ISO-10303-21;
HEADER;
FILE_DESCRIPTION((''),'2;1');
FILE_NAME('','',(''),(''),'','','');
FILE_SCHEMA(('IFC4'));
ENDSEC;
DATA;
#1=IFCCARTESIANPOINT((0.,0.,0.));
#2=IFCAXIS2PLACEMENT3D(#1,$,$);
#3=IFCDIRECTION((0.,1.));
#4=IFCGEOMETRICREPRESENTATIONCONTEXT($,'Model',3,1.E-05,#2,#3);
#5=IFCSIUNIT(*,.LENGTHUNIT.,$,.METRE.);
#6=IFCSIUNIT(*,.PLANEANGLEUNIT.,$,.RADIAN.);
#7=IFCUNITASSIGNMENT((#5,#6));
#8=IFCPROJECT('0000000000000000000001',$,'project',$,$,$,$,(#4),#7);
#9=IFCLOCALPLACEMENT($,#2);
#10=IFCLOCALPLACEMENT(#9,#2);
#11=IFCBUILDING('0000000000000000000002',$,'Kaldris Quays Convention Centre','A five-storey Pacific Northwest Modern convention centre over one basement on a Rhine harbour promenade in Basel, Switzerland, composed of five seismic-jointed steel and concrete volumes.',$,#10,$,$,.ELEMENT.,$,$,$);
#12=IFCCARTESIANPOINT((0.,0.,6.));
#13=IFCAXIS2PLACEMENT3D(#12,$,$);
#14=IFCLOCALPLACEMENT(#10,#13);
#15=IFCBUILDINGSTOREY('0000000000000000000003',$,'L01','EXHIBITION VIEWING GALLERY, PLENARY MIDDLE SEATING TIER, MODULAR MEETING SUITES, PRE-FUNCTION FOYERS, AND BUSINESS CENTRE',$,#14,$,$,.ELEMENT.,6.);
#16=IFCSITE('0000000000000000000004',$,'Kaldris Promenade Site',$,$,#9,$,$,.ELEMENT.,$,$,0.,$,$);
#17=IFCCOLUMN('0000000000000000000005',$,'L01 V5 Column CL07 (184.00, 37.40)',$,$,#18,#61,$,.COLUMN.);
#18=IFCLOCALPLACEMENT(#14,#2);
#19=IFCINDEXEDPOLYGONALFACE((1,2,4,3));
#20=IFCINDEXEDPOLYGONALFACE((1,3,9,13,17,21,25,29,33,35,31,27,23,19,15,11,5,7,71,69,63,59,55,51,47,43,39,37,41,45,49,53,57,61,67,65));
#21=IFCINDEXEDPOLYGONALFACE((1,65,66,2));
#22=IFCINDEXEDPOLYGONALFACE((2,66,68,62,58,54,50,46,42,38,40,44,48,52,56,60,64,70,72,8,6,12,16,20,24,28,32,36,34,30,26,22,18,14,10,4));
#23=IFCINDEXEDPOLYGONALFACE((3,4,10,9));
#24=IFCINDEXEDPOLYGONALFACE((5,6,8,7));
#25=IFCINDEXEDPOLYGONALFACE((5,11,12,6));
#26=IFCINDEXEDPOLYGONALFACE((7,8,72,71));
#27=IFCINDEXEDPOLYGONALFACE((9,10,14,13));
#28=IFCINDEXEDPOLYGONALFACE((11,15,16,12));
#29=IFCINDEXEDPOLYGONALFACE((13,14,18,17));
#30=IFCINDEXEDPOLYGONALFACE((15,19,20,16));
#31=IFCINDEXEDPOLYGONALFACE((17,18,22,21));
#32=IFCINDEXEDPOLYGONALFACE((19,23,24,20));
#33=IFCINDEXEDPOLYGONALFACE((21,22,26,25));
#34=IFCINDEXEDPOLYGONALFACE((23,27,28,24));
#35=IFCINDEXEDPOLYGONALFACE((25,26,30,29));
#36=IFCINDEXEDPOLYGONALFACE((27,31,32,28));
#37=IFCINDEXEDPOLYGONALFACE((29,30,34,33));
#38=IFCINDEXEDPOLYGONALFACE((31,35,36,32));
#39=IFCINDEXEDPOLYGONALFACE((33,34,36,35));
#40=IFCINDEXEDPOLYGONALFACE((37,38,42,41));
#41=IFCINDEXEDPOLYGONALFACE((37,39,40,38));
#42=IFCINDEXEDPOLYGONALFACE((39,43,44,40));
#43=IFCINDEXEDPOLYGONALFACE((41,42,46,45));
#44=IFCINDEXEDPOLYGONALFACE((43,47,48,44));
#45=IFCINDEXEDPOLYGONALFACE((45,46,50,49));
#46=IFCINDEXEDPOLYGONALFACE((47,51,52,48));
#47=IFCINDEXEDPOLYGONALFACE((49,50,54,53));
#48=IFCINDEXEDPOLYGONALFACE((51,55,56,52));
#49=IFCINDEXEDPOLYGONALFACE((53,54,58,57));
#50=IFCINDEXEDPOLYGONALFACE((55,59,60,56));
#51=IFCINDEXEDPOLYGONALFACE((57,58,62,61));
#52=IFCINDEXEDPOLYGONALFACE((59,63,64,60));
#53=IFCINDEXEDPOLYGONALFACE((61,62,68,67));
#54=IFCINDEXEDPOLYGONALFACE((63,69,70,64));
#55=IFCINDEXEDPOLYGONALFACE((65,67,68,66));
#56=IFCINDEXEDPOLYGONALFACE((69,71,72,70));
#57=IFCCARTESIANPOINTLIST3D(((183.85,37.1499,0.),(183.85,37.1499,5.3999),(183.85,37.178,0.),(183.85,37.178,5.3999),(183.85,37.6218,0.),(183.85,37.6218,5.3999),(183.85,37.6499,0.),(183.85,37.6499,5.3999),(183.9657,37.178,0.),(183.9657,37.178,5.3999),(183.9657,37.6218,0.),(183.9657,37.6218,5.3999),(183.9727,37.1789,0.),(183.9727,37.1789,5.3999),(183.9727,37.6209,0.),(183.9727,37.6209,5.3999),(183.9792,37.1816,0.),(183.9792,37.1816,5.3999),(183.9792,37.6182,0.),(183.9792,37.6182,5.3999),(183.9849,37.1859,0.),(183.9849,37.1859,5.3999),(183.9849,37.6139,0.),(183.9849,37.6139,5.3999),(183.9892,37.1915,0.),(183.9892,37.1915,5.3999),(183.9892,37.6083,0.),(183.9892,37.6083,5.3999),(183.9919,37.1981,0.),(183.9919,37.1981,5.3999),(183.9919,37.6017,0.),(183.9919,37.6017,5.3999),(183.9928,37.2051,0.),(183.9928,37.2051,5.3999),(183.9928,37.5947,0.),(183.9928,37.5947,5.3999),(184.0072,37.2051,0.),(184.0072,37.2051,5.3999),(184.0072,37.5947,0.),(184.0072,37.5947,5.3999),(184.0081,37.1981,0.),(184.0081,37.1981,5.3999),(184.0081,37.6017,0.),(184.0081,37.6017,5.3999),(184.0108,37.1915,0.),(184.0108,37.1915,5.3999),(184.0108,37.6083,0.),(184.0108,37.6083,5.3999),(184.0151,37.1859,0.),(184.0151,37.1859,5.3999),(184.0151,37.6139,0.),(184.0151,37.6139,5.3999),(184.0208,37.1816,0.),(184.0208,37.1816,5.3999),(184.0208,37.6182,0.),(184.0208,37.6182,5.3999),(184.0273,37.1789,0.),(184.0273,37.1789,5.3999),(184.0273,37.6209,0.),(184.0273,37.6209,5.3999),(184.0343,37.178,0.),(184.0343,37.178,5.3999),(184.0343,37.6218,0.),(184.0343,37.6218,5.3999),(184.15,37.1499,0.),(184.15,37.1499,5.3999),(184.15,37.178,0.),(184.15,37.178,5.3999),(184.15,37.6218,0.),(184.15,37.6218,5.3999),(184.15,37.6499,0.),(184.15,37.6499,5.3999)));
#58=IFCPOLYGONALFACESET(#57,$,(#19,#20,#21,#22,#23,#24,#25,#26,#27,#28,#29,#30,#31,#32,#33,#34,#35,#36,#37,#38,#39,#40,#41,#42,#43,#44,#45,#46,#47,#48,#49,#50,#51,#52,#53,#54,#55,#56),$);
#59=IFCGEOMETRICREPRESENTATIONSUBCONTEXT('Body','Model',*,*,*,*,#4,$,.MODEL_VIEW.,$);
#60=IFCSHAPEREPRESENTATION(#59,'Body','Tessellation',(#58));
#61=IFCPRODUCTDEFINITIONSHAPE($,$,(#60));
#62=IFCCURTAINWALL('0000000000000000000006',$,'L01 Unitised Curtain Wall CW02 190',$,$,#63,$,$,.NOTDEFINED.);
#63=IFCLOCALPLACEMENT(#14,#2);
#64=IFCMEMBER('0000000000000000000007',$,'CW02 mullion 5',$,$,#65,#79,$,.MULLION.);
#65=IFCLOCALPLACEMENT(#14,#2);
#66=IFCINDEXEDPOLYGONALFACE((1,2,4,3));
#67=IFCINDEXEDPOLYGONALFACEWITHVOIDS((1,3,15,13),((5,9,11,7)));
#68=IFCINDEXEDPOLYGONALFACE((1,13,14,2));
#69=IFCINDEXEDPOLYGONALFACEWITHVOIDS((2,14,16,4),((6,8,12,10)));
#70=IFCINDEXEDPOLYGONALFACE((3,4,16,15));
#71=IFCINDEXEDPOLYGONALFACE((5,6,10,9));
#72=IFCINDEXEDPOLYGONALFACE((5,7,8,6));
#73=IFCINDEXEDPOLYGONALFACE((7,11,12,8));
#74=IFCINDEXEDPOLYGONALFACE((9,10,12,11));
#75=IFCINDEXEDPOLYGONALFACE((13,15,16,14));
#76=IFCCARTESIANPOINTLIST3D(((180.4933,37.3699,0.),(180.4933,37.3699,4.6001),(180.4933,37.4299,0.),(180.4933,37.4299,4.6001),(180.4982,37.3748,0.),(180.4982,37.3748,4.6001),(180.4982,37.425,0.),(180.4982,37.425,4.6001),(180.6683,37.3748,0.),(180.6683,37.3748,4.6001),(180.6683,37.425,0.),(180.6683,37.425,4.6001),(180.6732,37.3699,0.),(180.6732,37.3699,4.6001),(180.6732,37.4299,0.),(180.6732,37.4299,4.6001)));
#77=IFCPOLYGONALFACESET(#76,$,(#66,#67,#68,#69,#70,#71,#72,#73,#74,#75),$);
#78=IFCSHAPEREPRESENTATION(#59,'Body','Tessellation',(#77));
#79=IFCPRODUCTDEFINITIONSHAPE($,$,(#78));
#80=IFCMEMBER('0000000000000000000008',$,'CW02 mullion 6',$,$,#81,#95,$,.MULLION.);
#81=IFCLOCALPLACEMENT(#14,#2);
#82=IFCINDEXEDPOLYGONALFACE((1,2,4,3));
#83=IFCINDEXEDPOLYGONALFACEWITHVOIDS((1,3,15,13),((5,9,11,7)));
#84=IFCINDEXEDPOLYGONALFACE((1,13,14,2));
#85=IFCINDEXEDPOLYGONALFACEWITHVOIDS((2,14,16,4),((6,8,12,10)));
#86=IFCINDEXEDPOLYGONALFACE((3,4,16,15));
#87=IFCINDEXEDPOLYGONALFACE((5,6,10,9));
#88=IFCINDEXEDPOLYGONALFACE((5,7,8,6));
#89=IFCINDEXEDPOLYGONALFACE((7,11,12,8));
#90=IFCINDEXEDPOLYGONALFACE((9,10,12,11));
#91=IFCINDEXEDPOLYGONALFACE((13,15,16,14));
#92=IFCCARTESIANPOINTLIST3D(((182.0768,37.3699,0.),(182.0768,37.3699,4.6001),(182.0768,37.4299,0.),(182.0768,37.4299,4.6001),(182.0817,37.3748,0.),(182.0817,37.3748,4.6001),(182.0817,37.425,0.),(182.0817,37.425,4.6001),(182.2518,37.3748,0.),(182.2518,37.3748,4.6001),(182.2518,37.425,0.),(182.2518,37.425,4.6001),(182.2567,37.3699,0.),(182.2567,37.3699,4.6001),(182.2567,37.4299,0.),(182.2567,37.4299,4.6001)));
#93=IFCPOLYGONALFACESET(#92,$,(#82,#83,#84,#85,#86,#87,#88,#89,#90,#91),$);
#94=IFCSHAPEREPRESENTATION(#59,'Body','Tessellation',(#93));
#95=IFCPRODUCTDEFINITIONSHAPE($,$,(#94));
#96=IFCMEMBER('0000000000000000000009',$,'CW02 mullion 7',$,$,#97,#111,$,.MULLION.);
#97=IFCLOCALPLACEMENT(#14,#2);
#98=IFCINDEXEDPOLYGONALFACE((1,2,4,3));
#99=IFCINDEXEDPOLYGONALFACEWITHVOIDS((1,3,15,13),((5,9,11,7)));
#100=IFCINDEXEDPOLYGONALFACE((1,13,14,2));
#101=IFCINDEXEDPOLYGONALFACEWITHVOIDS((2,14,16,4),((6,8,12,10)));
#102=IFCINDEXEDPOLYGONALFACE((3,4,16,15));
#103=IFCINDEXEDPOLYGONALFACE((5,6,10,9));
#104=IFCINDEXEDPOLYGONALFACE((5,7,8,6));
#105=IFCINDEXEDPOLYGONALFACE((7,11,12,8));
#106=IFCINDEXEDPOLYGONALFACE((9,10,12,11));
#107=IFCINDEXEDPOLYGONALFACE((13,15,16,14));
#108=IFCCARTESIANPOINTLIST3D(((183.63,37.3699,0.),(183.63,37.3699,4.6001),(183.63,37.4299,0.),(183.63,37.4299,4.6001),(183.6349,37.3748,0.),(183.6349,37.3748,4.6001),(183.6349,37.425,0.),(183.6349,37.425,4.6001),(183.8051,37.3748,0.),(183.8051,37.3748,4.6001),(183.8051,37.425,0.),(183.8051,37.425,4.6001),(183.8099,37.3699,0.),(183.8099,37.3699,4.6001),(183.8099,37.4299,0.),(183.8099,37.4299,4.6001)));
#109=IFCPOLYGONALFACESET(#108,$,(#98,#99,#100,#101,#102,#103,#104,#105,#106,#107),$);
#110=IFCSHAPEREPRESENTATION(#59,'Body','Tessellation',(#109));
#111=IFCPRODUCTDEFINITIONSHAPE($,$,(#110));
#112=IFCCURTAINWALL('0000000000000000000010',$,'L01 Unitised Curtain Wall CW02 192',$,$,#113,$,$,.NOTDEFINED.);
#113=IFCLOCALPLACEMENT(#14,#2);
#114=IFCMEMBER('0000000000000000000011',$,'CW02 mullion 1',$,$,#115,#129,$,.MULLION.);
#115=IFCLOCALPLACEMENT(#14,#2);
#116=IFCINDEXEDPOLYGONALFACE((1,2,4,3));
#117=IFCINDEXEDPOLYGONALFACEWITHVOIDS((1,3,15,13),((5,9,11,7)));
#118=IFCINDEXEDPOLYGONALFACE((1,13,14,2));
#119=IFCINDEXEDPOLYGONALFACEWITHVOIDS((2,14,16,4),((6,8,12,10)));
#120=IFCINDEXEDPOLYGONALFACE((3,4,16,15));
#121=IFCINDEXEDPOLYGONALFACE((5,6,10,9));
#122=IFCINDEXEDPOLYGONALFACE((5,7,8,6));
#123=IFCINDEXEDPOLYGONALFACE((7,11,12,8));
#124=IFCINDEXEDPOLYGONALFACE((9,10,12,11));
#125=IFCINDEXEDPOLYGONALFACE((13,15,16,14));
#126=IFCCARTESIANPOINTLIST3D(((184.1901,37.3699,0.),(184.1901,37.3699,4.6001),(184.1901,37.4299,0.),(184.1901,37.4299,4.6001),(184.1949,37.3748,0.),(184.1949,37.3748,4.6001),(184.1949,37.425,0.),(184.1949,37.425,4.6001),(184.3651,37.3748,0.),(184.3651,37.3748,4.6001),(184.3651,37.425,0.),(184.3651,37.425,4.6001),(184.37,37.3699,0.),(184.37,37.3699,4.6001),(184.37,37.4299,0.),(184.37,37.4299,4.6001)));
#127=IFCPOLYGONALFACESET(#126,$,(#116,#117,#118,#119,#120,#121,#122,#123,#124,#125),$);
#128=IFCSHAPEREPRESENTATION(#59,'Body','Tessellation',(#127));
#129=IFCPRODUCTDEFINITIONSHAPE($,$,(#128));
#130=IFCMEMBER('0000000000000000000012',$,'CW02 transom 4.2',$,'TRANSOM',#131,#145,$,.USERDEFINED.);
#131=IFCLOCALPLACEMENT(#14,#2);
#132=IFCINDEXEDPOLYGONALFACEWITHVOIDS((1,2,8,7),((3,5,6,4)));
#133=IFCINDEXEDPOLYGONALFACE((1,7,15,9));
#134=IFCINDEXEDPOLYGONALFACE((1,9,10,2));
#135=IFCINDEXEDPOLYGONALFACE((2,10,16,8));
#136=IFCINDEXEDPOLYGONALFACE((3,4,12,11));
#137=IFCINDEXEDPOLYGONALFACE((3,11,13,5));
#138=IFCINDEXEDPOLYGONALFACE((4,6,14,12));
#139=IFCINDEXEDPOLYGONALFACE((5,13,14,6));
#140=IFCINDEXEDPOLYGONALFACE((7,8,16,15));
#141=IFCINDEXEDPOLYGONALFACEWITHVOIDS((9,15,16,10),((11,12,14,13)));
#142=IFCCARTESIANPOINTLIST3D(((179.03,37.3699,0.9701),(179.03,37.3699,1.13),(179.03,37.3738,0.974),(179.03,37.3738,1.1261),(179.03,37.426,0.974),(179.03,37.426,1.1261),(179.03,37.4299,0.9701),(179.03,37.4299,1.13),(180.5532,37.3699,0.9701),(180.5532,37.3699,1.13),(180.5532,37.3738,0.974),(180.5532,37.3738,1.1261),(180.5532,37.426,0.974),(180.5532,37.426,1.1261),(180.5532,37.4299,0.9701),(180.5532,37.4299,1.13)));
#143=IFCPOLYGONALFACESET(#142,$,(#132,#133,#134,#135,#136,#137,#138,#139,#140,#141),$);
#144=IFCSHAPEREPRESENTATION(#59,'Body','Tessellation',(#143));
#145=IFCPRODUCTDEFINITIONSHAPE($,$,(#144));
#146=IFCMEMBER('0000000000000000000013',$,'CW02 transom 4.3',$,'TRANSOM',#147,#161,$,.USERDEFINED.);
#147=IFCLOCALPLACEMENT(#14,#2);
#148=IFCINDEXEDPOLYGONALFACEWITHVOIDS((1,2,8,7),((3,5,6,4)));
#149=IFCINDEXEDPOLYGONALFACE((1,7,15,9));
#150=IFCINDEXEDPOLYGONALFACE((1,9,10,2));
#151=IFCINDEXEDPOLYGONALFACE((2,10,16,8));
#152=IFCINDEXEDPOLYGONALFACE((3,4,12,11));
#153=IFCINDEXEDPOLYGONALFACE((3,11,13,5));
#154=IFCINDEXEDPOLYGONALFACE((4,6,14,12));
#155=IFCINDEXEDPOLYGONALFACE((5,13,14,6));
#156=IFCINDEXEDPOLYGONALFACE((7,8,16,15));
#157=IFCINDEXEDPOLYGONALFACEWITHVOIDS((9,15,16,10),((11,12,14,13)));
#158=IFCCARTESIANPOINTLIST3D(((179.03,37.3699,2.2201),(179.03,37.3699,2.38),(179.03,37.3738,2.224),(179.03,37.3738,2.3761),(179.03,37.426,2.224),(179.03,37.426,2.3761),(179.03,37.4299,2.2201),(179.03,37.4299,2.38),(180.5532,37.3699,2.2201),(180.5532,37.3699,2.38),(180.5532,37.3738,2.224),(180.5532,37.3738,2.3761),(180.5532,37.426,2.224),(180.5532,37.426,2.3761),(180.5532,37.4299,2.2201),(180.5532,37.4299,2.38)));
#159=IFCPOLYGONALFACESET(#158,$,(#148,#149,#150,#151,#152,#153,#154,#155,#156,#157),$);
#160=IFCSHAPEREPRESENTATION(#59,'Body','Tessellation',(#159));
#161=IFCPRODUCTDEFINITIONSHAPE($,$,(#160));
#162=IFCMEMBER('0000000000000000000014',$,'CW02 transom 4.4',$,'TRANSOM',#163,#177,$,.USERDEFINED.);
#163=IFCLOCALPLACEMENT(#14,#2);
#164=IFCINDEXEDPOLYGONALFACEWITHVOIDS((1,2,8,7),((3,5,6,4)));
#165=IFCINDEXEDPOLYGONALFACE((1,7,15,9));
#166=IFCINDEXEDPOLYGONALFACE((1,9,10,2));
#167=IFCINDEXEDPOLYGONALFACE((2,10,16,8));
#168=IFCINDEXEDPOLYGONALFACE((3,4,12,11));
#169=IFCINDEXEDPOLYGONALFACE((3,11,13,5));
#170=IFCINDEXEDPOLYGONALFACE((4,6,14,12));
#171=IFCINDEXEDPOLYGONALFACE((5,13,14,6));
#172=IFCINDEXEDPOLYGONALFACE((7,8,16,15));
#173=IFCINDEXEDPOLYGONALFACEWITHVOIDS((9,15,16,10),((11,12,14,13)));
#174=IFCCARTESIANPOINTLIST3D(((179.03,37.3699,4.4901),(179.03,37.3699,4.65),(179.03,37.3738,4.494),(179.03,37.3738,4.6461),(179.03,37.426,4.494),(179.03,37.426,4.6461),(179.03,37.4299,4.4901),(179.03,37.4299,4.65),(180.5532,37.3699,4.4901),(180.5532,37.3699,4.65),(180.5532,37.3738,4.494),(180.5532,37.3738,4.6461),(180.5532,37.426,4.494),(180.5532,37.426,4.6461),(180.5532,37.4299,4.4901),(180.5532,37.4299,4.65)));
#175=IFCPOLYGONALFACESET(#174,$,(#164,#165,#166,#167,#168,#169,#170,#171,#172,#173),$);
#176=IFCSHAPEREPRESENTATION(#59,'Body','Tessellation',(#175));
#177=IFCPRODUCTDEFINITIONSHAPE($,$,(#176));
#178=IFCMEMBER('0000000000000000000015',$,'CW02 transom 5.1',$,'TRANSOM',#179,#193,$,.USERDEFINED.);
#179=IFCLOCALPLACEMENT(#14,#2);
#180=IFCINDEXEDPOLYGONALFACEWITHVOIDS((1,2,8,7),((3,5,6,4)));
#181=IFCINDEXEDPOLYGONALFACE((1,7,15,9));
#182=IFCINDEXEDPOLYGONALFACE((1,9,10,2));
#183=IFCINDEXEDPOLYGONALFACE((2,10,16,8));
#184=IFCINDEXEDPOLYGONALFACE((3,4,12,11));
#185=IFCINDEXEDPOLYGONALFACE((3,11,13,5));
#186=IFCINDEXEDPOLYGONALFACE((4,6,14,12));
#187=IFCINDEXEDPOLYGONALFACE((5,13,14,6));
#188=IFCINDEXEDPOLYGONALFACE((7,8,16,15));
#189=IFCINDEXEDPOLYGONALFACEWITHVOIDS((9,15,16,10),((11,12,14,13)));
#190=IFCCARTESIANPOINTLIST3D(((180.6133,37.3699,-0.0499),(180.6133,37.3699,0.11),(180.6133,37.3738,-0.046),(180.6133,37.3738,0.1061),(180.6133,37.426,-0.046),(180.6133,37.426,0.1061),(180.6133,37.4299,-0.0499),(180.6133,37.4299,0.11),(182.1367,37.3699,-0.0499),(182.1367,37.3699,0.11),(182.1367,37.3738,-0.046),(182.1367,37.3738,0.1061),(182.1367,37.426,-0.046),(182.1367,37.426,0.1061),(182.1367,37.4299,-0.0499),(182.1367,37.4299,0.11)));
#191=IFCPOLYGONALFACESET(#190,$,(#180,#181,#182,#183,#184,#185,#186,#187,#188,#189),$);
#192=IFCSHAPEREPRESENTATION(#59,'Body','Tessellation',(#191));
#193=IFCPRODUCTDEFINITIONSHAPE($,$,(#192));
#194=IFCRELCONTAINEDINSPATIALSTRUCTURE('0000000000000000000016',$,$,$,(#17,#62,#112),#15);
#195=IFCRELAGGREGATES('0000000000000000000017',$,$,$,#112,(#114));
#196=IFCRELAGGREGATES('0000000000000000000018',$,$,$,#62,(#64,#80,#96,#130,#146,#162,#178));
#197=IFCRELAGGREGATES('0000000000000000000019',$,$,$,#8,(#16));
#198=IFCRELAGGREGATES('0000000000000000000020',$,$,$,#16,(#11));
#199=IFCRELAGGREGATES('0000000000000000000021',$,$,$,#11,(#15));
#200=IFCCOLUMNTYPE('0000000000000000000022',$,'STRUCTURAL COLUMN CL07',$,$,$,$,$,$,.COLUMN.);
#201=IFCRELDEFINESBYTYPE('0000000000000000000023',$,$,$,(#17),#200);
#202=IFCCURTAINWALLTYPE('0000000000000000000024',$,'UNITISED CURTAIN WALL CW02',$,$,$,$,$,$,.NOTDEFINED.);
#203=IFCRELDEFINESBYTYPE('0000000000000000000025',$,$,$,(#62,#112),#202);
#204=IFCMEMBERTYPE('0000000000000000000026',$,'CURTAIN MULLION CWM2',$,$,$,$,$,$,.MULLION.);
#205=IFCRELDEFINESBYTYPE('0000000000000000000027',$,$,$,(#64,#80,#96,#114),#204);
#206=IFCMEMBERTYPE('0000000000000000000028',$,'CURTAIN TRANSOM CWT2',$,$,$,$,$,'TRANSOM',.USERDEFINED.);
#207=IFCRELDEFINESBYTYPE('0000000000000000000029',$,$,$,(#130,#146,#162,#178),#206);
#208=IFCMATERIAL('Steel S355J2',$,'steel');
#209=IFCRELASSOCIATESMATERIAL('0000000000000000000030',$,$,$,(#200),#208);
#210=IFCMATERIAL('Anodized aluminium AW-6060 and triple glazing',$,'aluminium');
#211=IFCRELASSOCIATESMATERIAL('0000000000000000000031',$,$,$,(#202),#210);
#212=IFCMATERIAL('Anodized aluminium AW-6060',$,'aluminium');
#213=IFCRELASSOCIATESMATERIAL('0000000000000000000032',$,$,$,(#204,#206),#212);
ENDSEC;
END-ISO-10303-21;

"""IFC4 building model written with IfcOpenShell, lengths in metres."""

from ifc_helpers import new_model, si_unit, direction, frame, origin, origin_2d, place, context, subcontext, project, spatial, hollow_rectangle, i_section, extrude, material, material_profile, profile_set, type_object, element, aggregate, save


model = new_model("IFC4")

# Units and contexts
model_context = context("Model", 3, precision=1e-05, world=origin(), true_north=direction((0.0, 1.0)))
body_context = subcontext(model_context, "Body", "Model", "MODEL_VIEW")
ifc_project = project(units=[si_unit("LENGTHUNIT", "METRE"), si_unit("PLANEANGLEUNIT", "RADIAN")], contexts=[model_context])

# Site, building, storey
site_placement = place(None, origin())
site = spatial("IfcSite", under=ifc_project, at=site_placement, Name="Kaldris Promenade Site", CompositionType="ELEMENT", RefElevation=0.0)
building_placement = place(site_placement, origin())
building = spatial("IfcBuilding", under=site, at=building_placement, Name="Kaldris Quays Convention Centre", Description="A five-storey Pacific Northwest Modern convention centre over one basement on a Rhine harbour promenade in Basel, Switzerland, composed of five seismic-jointed steel and concrete volumes.", CompositionType="ELEMENT")
storey_placement = place(building_placement, frame((0.0, 0.0, 6.0)))
storey = spatial("IfcBuildingStorey", under=building, at=storey_placement, Name="L01", Description="EXHIBITION VIEWING GALLERY, PLENARY MIDDLE SEATING TIER, MODULAR MEETING SUITES, PRE-FUNCTION FOYERS, AND BUSINESS CENTRE", CompositionType="ELEMENT", Elevation=6.0)

# Column
ifc_material_1 = material(Name="Steel S355J2", Category="steel")
ifc_material_profile_1 = material_profile(ifc_material_1, i_section(OverallWidth=0.3, OverallDepth=0.5, WebThickness=0.0144, FlangeThickness=0.0281, FilletRadius=0.0271, at=origin_2d()), Name="HEB 500")
ifc_profile_set_1 = profile_set([ifc_material_profile_1], Name="Steel S355J2")
column_type = type_object("IfcColumnType", Name="STRUCTURAL COLUMN CL07", PredefinedType="COLUMN", material=ifc_profile_set_1)
column_placement = place(storey_placement, frame((184.0, 37.3999, 0.0), z_axis=(0.0, 0.0, 1.0), x_axis=(1.0, 0.0, 0.0)))
element("IfcColumn", 1, at=column_placement, inside=storey, type_object=column_type, Name="L01 V5 Column CL07 (184.00, 37.40)", PredefinedType="COLUMN", context=body_context, shape_type="SweptSolid", body=[
    extrude(i_section(OverallWidth=0.3, OverallDepth=0.5, WebThickness=0.0144, FlangeThickness=0.0281, FilletRadius=0.0271, at=origin_2d()), origin(), (0.0, 0.0, 1.0), 5.3999),
])

# Curtain wall, members
ifc_material_2 = material(Name="Anodized aluminium AW-6060 and triple glazing", Category="aluminium")
curtain_wall_type = type_object("IfcCurtainWallType", Name="UNITISED CURTAIN WALL CW02", PredefinedType="NOTDEFINED", material=ifc_material_2)
curtain_wall_1_placement = place(storey_placement, origin())
curtain_wall_1 = element("IfcCurtainWall", 2, at=curtain_wall_1_placement, inside=storey, type_object=curtain_wall_type, Name="L01 Unitised Curtain Wall CW02 190", PredefinedType="NOTDEFINED")
ifc_material_3 = material(Name="Anodized aluminium AW-6060", Category="aluminium")
ifc_material_profile_2 = material_profile(ifc_material_3, hollow_rectangle(XDim=0.0601, YDim=0.1799, WallThickness=0.0049, at=origin_2d()), Name="RHS 180x60x5")
ifc_profile_set_2 = profile_set([ifc_material_profile_2], Name="Anodized aluminium AW-6060")
member_type_1 = type_object("IfcMemberType", Name="CURTAIN MULLION CWM2", PredefinedType="MULLION", material=ifc_profile_set_2)
member_1_placement = place(storey_placement, frame((180.5833, 37.3999, 0.0), z_axis=(0.0, 0.0, 1.0), x_axis=(0.0, 1.0, 0.0)))
member_1 = element("IfcMember", 3, at=member_1_placement, type_object=member_type_1, Name="CW02 mullion 5", PredefinedType="MULLION", context=body_context, shape_type="SweptSolid", body=[
    extrude(hollow_rectangle(XDim=0.0601, YDim=0.1799, WallThickness=0.0049, at=origin_2d()), origin(), (0.0, 0.0, 1.0), 4.6001),
])
member_2_placement = place(storey_placement, frame((182.1667, 37.3999, 0.0), z_axis=(0.0, 0.0, 1.0), x_axis=(0.0, 1.0, 0.0)))
member_2 = element("IfcMember", 4, at=member_2_placement, type_object=member_type_1, Name="CW02 mullion 6", PredefinedType="MULLION", context=body_context, shape_type="SweptSolid", body=[
    extrude(hollow_rectangle(XDim=0.0601, YDim=0.1799, WallThickness=0.0049, at=origin_2d()), origin(), (0.0, 0.0, 1.0), 4.6001),
])
member_3_placement = place(storey_placement, frame((183.72, 37.3999, 0.0), z_axis=(0.0, 0.0, 1.0), x_axis=(0.0, 1.0, 0.0)))
member_3 = element("IfcMember", 5, at=member_3_placement, type_object=member_type_1, Name="CW02 mullion 7", PredefinedType="MULLION", context=body_context, shape_type="SweptSolid", body=[
    extrude(hollow_rectangle(XDim=0.0601, YDim=0.1799, WallThickness=0.0049, at=origin_2d()), origin(), (0.0, 0.0, 1.0), 4.6001),
])

# Curtain wall, member
curtain_wall_2_placement = place(storey_placement, origin())
curtain_wall_2 = element("IfcCurtainWall", 6, at=curtain_wall_2_placement, inside=storey, type_object=curtain_wall_type, Name="L01 Unitised Curtain Wall CW02 192", PredefinedType="NOTDEFINED")
member_4_placement = place(storey_placement, frame((184.28, 37.3999, 0.0), z_axis=(0.0, 0.0, 1.0), x_axis=(0.0, 1.0, 0.0)))
member_4 = element("IfcMember", 7, at=member_4_placement, type_object=member_type_1, Name="CW02 mullion 1", PredefinedType="MULLION", context=body_context, shape_type="SweptSolid", body=[
    extrude(hollow_rectangle(XDim=0.0601, YDim=0.1799, WallThickness=0.0049, at=origin_2d()), origin(), (0.0, 0.0, 1.0), 4.6001),
])
aggregate(curtain_wall_2, [member_4])

# Members
ifc_material_profile_3 = material_profile(ifc_material_3, hollow_rectangle(XDim=0.0601, YDim=0.1599, WallThickness=0.0039, at=origin_2d()), Name="RHS 160x60x4")
ifc_profile_set_3 = profile_set([ifc_material_profile_3], Name="Anodized aluminium AW-6060")
member_type_2 = type_object("IfcMemberType", Name="CURTAIN TRANSOM CWT2", ElementType="TRANSOM", PredefinedType="USERDEFINED", material=ifc_profile_set_3)
member_5_placement = place(storey_placement, frame((179.03, 37.3999, 1.05), z_axis=(1.0, 0.0, 0.0), x_axis=(0.0, 1.0, 0.0)))
member_5 = element("IfcMember", 8, at=member_5_placement, type_object=member_type_2, Name="CW02 transom 4.2", ObjectType="TRANSOM", PredefinedType="USERDEFINED", context=body_context, shape_type="SweptSolid", body=[
    extrude(hollow_rectangle(XDim=0.0601, YDim=0.1599, WallThickness=0.0039, at=origin_2d()), origin(), (0.0, 0.0, 1.0), 1.5232),
])
member_6_placement = place(storey_placement, frame((179.03, 37.3999, 2.3), z_axis=(1.0, 0.0, 0.0), x_axis=(0.0, 1.0, 0.0)))
member_6 = element("IfcMember", 9, at=member_6_placement, type_object=member_type_2, Name="CW02 transom 4.3", ObjectType="TRANSOM", PredefinedType="USERDEFINED", context=body_context, shape_type="SweptSolid", body=[
    extrude(hollow_rectangle(XDim=0.0601, YDim=0.1599, WallThickness=0.0039, at=origin_2d()), origin(), (0.0, 0.0, 1.0), 1.5232),
])
member_7_placement = place(storey_placement, frame((179.03, 37.3999, 4.5701), z_axis=(1.0, 0.0, 0.0), x_axis=(0.0, 1.0, 0.0)))
member_7 = element("IfcMember", 10, at=member_7_placement, type_object=member_type_2, Name="CW02 transom 4.4", ObjectType="TRANSOM", PredefinedType="USERDEFINED", context=body_context, shape_type="SweptSolid", body=[
    extrude(hollow_rectangle(XDim=0.0601, YDim=0.1599, WallThickness=0.0039, at=origin_2d()), origin(), (0.0, 0.0, 1.0), 1.5232),
])
member_8_placement = place(storey_placement, frame((180.6133, 37.3999, 0.03), z_axis=(1.0, 0.0, 0.0), x_axis=(0.0, 1.0, 0.0)))
member_8 = element("IfcMember", 11, at=member_8_placement, type_object=member_type_2, Name="CW02 transom 5.1", ObjectType="TRANSOM", PredefinedType="USERDEFINED", context=body_context, shape_type="SweptSolid", body=[
    extrude(hollow_rectangle(XDim=0.0601, YDim=0.1599, WallThickness=0.0039, at=origin_2d()), origin(), (0.0, 0.0, 1.0), 1.5234),
])

aggregate(curtain_wall_1, [member_1, member_2, member_3, member_5, member_6, member_7, member_8])

save(model, "model.ifc")
